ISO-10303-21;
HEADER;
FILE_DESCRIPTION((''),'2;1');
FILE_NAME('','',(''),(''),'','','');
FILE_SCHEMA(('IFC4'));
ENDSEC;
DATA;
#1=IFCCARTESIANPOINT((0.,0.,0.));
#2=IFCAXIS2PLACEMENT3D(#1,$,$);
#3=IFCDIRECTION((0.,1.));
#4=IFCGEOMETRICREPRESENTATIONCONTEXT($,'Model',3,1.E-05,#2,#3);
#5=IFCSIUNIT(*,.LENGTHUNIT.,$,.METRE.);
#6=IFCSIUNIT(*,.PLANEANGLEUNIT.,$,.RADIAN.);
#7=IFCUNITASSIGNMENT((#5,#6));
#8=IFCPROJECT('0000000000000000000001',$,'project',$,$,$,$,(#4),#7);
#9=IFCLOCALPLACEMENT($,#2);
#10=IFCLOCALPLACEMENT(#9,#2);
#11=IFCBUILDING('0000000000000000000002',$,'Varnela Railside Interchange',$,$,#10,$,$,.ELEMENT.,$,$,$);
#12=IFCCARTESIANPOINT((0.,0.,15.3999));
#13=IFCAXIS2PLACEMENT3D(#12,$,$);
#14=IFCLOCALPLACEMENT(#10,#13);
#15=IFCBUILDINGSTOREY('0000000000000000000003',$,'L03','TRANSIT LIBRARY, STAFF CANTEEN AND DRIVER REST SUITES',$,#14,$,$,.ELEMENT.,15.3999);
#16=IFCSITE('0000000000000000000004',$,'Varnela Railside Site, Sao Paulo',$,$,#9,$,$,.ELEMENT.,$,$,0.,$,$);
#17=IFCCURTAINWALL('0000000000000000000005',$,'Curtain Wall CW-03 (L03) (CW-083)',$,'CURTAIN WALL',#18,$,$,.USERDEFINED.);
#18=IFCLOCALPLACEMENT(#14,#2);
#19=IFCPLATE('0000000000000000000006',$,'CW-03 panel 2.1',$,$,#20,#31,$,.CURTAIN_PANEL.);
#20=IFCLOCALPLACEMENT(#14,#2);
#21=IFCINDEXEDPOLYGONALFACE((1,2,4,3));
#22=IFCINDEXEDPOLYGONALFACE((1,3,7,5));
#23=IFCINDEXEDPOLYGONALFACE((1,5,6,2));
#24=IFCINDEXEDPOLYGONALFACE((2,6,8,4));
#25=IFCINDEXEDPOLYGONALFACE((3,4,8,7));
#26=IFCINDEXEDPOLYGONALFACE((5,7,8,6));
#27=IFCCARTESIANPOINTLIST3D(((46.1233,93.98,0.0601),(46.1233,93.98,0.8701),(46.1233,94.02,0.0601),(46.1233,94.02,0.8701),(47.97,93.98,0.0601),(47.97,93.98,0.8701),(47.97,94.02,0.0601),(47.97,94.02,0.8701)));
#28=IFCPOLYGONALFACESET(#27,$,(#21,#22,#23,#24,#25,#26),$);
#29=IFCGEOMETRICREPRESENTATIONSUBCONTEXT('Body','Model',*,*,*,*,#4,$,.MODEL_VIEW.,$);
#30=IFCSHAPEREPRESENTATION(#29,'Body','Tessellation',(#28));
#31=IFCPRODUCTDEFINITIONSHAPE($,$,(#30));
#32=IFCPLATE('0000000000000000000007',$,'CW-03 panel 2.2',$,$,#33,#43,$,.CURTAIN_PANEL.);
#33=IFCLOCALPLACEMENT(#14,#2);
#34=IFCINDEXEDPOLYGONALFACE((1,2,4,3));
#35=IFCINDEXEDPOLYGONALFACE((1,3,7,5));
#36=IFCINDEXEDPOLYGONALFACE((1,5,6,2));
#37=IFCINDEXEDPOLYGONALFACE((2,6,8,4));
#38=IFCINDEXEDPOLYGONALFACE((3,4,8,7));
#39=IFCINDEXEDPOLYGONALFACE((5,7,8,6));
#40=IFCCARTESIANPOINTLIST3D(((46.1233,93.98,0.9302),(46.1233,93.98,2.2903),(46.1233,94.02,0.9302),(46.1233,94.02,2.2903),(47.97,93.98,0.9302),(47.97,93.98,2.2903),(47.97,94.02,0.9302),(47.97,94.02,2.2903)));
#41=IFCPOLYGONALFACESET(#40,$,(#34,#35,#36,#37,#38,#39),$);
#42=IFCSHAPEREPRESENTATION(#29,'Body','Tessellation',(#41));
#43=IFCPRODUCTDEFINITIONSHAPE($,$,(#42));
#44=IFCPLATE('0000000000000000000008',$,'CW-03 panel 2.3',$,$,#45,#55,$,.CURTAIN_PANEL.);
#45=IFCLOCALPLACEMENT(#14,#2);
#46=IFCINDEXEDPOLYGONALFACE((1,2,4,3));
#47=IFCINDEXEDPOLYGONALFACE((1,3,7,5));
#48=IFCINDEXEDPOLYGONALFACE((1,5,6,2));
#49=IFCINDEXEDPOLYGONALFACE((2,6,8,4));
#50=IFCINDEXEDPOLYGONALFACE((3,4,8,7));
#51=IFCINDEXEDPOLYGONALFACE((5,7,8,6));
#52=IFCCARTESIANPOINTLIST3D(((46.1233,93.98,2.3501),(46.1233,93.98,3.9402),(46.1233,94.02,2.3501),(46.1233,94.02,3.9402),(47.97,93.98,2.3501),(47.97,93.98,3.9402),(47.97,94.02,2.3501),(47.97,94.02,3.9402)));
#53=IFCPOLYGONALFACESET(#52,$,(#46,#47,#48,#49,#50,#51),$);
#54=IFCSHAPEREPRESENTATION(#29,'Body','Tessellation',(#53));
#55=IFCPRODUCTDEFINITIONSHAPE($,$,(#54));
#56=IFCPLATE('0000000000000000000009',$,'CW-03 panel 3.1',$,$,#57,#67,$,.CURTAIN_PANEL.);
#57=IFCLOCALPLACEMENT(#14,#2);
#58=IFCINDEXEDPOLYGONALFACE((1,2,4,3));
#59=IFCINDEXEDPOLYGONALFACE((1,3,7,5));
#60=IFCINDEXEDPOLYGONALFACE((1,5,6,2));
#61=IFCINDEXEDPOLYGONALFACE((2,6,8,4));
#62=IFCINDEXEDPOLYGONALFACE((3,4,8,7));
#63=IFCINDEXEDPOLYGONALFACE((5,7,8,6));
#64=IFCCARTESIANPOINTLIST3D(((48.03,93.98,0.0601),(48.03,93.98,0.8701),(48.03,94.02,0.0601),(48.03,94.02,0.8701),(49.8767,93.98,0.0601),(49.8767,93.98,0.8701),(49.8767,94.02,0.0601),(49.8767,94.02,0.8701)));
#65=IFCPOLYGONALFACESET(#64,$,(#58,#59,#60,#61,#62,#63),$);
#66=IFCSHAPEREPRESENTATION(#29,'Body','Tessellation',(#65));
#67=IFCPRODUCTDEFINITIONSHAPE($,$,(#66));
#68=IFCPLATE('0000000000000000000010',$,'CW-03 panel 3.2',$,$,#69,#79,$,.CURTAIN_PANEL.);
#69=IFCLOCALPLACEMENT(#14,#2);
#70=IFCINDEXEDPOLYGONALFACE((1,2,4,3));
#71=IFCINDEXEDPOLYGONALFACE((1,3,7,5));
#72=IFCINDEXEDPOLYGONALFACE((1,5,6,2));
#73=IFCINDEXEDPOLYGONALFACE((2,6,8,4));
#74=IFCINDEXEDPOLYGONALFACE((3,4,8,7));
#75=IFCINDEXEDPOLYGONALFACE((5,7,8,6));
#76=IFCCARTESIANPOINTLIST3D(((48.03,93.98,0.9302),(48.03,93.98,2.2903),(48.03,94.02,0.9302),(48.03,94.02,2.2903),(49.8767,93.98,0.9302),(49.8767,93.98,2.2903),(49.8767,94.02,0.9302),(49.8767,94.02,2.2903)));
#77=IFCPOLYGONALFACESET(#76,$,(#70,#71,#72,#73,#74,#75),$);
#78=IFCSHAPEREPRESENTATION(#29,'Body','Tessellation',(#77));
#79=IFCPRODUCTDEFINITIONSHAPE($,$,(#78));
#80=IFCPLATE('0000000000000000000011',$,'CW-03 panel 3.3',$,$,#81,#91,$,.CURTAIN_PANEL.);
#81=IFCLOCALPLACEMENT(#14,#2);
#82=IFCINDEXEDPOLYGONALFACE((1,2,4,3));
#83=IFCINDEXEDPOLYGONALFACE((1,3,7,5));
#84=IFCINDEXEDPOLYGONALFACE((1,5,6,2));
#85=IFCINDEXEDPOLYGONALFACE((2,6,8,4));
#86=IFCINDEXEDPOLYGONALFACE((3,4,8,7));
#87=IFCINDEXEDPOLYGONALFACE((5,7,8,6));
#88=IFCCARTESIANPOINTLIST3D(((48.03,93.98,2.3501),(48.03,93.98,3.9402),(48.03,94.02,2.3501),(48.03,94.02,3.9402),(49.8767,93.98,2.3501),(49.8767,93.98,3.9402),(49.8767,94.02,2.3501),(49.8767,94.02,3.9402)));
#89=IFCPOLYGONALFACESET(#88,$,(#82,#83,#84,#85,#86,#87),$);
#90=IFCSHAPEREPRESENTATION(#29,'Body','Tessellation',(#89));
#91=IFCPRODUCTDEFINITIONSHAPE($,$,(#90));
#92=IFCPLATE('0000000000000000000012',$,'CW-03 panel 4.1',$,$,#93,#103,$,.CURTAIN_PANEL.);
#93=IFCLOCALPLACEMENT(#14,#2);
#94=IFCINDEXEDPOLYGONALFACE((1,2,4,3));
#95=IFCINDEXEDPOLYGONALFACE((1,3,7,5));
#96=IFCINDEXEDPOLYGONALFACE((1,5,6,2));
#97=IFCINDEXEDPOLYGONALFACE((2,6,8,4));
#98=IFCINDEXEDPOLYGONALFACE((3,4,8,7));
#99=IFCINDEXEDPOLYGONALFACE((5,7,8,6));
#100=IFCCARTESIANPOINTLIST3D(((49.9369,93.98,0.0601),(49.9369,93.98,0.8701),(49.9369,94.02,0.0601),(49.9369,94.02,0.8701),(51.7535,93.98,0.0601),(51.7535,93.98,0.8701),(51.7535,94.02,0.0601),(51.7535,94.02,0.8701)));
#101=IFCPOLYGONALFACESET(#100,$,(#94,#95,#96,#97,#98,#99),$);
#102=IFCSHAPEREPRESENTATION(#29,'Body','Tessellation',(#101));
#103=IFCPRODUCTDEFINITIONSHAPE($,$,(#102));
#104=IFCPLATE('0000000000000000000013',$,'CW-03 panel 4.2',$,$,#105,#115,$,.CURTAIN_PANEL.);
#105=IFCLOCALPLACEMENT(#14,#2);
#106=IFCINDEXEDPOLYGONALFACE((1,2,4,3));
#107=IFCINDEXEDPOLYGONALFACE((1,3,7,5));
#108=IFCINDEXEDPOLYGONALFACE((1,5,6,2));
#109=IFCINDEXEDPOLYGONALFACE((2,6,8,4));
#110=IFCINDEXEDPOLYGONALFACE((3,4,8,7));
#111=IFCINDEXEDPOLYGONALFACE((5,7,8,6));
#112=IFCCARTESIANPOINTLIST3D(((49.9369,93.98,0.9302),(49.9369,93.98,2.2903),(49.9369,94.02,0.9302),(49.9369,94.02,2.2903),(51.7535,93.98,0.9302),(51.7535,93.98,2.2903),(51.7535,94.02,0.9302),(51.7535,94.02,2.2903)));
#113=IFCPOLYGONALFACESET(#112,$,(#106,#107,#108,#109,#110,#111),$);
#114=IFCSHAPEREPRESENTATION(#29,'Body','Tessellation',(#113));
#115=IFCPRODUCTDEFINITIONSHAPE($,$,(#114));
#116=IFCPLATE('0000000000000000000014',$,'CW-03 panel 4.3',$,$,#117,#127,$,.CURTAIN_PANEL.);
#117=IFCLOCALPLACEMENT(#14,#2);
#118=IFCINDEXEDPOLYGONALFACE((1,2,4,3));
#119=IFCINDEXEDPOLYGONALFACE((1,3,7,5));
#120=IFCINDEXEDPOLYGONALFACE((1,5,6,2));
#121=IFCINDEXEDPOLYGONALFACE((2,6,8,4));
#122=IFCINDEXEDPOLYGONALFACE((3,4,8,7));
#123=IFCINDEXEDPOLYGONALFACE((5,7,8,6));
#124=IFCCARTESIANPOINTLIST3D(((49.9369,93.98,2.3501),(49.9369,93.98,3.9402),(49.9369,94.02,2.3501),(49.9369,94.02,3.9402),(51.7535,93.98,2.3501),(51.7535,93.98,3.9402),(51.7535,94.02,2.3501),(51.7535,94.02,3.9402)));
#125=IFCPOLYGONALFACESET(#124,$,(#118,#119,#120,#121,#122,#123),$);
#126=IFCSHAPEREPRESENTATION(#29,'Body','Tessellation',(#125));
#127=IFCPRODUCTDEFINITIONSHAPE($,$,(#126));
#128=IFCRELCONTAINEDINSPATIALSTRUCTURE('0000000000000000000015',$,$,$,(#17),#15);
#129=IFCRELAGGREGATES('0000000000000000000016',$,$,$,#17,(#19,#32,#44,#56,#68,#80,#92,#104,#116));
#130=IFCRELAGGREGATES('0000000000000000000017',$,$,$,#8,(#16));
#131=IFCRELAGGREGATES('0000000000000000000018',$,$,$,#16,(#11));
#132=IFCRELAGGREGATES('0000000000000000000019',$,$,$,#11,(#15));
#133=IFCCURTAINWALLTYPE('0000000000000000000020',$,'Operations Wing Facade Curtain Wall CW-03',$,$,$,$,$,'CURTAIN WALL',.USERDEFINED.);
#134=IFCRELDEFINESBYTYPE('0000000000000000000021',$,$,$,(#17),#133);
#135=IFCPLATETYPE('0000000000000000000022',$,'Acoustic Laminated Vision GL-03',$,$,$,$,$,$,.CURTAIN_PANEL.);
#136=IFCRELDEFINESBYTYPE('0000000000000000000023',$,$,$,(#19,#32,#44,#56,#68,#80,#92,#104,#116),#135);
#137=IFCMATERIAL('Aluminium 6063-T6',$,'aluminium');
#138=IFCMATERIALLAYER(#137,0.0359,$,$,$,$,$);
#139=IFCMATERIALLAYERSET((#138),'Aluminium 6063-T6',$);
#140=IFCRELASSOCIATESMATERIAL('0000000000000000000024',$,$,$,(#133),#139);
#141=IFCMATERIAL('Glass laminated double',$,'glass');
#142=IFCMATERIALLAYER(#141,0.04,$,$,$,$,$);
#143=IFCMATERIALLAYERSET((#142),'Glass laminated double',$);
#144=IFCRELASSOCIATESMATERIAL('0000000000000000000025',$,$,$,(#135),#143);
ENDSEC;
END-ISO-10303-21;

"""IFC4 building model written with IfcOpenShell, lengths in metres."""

from ifc_helpers import new_model, si_unit, direction, frame, origin, origin_2d, place, context, subcontext, project, spatial, rectangle, extrude, material, layer, layer_set, type_object, element, aggregate, save


model = new_model("IFC4")

# Units and contexts
model_context = context("Model", 3, precision=1e-05, world=origin(), true_north=direction((0.0, 1.0)))
body_context = subcontext(model_context, "Body", "Model", "MODEL_VIEW")
ifc_project = project(units=[si_unit("LENGTHUNIT", "METRE"), si_unit("PLANEANGLEUNIT", "RADIAN")], contexts=[model_context])

# Site, building, storey
site_placement = place(None, origin())
site = spatial("IfcSite", under=ifc_project, at=site_placement, Name="Varnela Railside Site, Sao Paulo", CompositionType="ELEMENT", RefElevation=0.0)
building_placement = place(site_placement, origin())
building = spatial("IfcBuilding", under=site, at=building_placement, Name="Varnela Railside Interchange", CompositionType="ELEMENT")
storey_placement = place(building_placement, frame((0.0, 0.0, 15.3999)))
storey = spatial("IfcBuildingStorey", under=building, at=storey_placement, Name="L03", Description="TRANSIT LIBRARY, STAFF CANTEEN AND DRIVER REST SUITES", CompositionType="ELEMENT", Elevation=15.3999)

# Curtain wall, plates
ifc_material_1 = material(Name="Aluminium 6063-T6", Category="aluminium")
ifc_layer_1 = layer(ifc_material_1, 0.0359)
ifc_layer_set_1 = layer_set([ifc_layer_1], Name="Aluminium 6063-T6")
curtain_wall_type = type_object("IfcCurtainWallType", Name="Operations Wing Facade Curtain Wall CW-03", ElementType="CURTAIN WALL", PredefinedType="USERDEFINED", material=ifc_layer_set_1)
curtain_wall_placement = place(storey_placement, origin())
curtain_wall = element("IfcCurtainWall", 1, at=curtain_wall_placement, inside=storey, type_object=curtain_wall_type, Name="Curtain Wall CW-03 (L03) (CW-083)", ObjectType="CURTAIN WALL", PredefinedType="USERDEFINED")
ifc_material_2 = material(Name="Glass laminated double", Category="glass")
ifc_layer_2 = layer(ifc_material_2, 0.04)
ifc_layer_set_2 = layer_set([ifc_layer_2], Name="Glass laminated double")
plate_type = type_object("IfcPlateType", Name="Acoustic Laminated Vision GL-03", PredefinedType="CURTAIN_PANEL", material=ifc_layer_set_2)
plate_1_placement = place(storey_placement, frame((47.0466, 94.0, 0.0601), z_axis=(0.0, 0.0, 1.0), x_axis=(1.0, 0.0, 0.0)))
plate_1 = element("IfcPlate", 2, at=plate_1_placement, type_object=plate_type, Name="CW-03 panel 2.1", PredefinedType="CURTAIN_PANEL", context=body_context, shape_type="SweptSolid", body=[
    extrude(rectangle(XDim=1.8467, YDim=0.04, at=origin_2d()), origin(), (0.0, 0.0, 1.0), 0.8101),
])
plate_2_placement = place(storey_placement, frame((47.0466, 94.0, 0.9302), z_axis=(0.0, 0.0, 1.0), x_axis=(1.0, 0.0, 0.0)))
plate_2 = element("IfcPlate", 3, at=plate_2_placement, type_object=plate_type, Name="CW-03 panel 2.2", PredefinedType="CURTAIN_PANEL", context=body_context, shape_type="SweptSolid", body=[
    extrude(rectangle(XDim=1.8467, YDim=0.04, at=origin_2d()), origin(), (0.0, 0.0, 1.0), 1.3601),
])
plate_3_placement = place(storey_placement, frame((47.0466, 94.0, 2.3501), z_axis=(0.0, 0.0, 1.0), x_axis=(1.0, 0.0, 0.0)))
plate_3 = element("IfcPlate", 4, at=plate_3_placement, type_object=plate_type, Name="CW-03 panel 2.3", PredefinedType="CURTAIN_PANEL", context=body_context, shape_type="SweptSolid", body=[
    extrude(rectangle(XDim=1.8467, YDim=0.04, at=origin_2d()), origin(), (0.0, 0.0, 1.0), 1.5901),
])
plate_4_placement = place(storey_placement, frame((48.9534, 94.0, 0.0601), z_axis=(0.0, 0.0, 1.0), x_axis=(1.0, 0.0, 0.0)))
plate_4 = element("IfcPlate", 5, at=plate_4_placement, type_object=plate_type, Name="CW-03 panel 3.1", PredefinedType="CURTAIN_PANEL", context=body_context, shape_type="SweptSolid", body=[
    extrude(rectangle(XDim=1.8467, YDim=0.04, at=origin_2d()), origin(), (0.0, 0.0, 1.0), 0.8101),
])
plate_5_placement = place(storey_placement, frame((48.9534, 94.0, 0.9302), z_axis=(0.0, 0.0, 1.0), x_axis=(1.0, 0.0, 0.0)))
plate_5 = element("IfcPlate", 6, at=plate_5_placement, type_object=plate_type, Name="CW-03 panel 3.2", PredefinedType="CURTAIN_PANEL", context=body_context, shape_type="SweptSolid", body=[
    extrude(rectangle(XDim=1.8467, YDim=0.04, at=origin_2d()), origin(), (0.0, 0.0, 1.0), 1.3601),
])
plate_6_placement = place(storey_placement, frame((48.9534, 94.0, 2.3501), z_axis=(0.0, 0.0, 1.0), x_axis=(1.0, 0.0, 0.0)))
plate_6 = element("IfcPlate", 7, at=plate_6_placement, type_object=plate_type, Name="CW-03 panel 3.3", PredefinedType="CURTAIN_PANEL", context=body_context, shape_type="SweptSolid", body=[
    extrude(rectangle(XDim=1.8467, YDim=0.04, at=origin_2d()), origin(), (0.0, 0.0, 1.0), 1.5901),
])
plate_7_placement = place(storey_placement, frame((50.8452, 94.0, 0.0601), z_axis=(0.0, 0.0, 1.0), x_axis=(1.0, 0.0, 0.0)))
plate_7 = element("IfcPlate", 8, at=plate_7_placement, type_object=plate_type, Name="CW-03 panel 4.1", PredefinedType="CURTAIN_PANEL", context=body_context, shape_type="SweptSolid", body=[
    extrude(rectangle(XDim=1.8167, YDim=0.04, at=origin_2d()), origin(), (0.0, 0.0, 1.0), 0.8101),
])
plate_8_placement = place(storey_placement, frame((50.8452, 94.0, 0.9302), z_axis=(0.0, 0.0, 1.0), x_axis=(1.0, 0.0, 0.0)))
plate_8 = element("IfcPlate", 9, at=plate_8_placement, type_object=plate_type, Name="CW-03 panel 4.2", PredefinedType="CURTAIN_PANEL", context=body_context, shape_type="SweptSolid", body=[
    extrude(rectangle(XDim=1.8167, YDim=0.04, at=origin_2d()), origin(), (0.0, 0.0, 1.0), 1.3601),
])
plate_9_placement = place(storey_placement, frame((50.8452, 94.0, 2.3501), z_axis=(0.0, 0.0, 1.0), x_axis=(1.0, 0.0, 0.0)))
plate_9 = element("IfcPlate", 10, at=plate_9_placement, type_object=plate_type, Name="CW-03 panel 4.3", PredefinedType="CURTAIN_PANEL", context=body_context, shape_type="SweptSolid", body=[
    extrude(rectangle(XDim=1.8167, YDim=0.04, at=origin_2d()), origin(), (0.0, 0.0, 1.0), 1.5901),
])
aggregate(curtain_wall, [plate_1, plate_2, plate_3, plate_4, plate_5, plate_6, plate_7, plate_8, plate_9])

save(model, "model.ifc")
